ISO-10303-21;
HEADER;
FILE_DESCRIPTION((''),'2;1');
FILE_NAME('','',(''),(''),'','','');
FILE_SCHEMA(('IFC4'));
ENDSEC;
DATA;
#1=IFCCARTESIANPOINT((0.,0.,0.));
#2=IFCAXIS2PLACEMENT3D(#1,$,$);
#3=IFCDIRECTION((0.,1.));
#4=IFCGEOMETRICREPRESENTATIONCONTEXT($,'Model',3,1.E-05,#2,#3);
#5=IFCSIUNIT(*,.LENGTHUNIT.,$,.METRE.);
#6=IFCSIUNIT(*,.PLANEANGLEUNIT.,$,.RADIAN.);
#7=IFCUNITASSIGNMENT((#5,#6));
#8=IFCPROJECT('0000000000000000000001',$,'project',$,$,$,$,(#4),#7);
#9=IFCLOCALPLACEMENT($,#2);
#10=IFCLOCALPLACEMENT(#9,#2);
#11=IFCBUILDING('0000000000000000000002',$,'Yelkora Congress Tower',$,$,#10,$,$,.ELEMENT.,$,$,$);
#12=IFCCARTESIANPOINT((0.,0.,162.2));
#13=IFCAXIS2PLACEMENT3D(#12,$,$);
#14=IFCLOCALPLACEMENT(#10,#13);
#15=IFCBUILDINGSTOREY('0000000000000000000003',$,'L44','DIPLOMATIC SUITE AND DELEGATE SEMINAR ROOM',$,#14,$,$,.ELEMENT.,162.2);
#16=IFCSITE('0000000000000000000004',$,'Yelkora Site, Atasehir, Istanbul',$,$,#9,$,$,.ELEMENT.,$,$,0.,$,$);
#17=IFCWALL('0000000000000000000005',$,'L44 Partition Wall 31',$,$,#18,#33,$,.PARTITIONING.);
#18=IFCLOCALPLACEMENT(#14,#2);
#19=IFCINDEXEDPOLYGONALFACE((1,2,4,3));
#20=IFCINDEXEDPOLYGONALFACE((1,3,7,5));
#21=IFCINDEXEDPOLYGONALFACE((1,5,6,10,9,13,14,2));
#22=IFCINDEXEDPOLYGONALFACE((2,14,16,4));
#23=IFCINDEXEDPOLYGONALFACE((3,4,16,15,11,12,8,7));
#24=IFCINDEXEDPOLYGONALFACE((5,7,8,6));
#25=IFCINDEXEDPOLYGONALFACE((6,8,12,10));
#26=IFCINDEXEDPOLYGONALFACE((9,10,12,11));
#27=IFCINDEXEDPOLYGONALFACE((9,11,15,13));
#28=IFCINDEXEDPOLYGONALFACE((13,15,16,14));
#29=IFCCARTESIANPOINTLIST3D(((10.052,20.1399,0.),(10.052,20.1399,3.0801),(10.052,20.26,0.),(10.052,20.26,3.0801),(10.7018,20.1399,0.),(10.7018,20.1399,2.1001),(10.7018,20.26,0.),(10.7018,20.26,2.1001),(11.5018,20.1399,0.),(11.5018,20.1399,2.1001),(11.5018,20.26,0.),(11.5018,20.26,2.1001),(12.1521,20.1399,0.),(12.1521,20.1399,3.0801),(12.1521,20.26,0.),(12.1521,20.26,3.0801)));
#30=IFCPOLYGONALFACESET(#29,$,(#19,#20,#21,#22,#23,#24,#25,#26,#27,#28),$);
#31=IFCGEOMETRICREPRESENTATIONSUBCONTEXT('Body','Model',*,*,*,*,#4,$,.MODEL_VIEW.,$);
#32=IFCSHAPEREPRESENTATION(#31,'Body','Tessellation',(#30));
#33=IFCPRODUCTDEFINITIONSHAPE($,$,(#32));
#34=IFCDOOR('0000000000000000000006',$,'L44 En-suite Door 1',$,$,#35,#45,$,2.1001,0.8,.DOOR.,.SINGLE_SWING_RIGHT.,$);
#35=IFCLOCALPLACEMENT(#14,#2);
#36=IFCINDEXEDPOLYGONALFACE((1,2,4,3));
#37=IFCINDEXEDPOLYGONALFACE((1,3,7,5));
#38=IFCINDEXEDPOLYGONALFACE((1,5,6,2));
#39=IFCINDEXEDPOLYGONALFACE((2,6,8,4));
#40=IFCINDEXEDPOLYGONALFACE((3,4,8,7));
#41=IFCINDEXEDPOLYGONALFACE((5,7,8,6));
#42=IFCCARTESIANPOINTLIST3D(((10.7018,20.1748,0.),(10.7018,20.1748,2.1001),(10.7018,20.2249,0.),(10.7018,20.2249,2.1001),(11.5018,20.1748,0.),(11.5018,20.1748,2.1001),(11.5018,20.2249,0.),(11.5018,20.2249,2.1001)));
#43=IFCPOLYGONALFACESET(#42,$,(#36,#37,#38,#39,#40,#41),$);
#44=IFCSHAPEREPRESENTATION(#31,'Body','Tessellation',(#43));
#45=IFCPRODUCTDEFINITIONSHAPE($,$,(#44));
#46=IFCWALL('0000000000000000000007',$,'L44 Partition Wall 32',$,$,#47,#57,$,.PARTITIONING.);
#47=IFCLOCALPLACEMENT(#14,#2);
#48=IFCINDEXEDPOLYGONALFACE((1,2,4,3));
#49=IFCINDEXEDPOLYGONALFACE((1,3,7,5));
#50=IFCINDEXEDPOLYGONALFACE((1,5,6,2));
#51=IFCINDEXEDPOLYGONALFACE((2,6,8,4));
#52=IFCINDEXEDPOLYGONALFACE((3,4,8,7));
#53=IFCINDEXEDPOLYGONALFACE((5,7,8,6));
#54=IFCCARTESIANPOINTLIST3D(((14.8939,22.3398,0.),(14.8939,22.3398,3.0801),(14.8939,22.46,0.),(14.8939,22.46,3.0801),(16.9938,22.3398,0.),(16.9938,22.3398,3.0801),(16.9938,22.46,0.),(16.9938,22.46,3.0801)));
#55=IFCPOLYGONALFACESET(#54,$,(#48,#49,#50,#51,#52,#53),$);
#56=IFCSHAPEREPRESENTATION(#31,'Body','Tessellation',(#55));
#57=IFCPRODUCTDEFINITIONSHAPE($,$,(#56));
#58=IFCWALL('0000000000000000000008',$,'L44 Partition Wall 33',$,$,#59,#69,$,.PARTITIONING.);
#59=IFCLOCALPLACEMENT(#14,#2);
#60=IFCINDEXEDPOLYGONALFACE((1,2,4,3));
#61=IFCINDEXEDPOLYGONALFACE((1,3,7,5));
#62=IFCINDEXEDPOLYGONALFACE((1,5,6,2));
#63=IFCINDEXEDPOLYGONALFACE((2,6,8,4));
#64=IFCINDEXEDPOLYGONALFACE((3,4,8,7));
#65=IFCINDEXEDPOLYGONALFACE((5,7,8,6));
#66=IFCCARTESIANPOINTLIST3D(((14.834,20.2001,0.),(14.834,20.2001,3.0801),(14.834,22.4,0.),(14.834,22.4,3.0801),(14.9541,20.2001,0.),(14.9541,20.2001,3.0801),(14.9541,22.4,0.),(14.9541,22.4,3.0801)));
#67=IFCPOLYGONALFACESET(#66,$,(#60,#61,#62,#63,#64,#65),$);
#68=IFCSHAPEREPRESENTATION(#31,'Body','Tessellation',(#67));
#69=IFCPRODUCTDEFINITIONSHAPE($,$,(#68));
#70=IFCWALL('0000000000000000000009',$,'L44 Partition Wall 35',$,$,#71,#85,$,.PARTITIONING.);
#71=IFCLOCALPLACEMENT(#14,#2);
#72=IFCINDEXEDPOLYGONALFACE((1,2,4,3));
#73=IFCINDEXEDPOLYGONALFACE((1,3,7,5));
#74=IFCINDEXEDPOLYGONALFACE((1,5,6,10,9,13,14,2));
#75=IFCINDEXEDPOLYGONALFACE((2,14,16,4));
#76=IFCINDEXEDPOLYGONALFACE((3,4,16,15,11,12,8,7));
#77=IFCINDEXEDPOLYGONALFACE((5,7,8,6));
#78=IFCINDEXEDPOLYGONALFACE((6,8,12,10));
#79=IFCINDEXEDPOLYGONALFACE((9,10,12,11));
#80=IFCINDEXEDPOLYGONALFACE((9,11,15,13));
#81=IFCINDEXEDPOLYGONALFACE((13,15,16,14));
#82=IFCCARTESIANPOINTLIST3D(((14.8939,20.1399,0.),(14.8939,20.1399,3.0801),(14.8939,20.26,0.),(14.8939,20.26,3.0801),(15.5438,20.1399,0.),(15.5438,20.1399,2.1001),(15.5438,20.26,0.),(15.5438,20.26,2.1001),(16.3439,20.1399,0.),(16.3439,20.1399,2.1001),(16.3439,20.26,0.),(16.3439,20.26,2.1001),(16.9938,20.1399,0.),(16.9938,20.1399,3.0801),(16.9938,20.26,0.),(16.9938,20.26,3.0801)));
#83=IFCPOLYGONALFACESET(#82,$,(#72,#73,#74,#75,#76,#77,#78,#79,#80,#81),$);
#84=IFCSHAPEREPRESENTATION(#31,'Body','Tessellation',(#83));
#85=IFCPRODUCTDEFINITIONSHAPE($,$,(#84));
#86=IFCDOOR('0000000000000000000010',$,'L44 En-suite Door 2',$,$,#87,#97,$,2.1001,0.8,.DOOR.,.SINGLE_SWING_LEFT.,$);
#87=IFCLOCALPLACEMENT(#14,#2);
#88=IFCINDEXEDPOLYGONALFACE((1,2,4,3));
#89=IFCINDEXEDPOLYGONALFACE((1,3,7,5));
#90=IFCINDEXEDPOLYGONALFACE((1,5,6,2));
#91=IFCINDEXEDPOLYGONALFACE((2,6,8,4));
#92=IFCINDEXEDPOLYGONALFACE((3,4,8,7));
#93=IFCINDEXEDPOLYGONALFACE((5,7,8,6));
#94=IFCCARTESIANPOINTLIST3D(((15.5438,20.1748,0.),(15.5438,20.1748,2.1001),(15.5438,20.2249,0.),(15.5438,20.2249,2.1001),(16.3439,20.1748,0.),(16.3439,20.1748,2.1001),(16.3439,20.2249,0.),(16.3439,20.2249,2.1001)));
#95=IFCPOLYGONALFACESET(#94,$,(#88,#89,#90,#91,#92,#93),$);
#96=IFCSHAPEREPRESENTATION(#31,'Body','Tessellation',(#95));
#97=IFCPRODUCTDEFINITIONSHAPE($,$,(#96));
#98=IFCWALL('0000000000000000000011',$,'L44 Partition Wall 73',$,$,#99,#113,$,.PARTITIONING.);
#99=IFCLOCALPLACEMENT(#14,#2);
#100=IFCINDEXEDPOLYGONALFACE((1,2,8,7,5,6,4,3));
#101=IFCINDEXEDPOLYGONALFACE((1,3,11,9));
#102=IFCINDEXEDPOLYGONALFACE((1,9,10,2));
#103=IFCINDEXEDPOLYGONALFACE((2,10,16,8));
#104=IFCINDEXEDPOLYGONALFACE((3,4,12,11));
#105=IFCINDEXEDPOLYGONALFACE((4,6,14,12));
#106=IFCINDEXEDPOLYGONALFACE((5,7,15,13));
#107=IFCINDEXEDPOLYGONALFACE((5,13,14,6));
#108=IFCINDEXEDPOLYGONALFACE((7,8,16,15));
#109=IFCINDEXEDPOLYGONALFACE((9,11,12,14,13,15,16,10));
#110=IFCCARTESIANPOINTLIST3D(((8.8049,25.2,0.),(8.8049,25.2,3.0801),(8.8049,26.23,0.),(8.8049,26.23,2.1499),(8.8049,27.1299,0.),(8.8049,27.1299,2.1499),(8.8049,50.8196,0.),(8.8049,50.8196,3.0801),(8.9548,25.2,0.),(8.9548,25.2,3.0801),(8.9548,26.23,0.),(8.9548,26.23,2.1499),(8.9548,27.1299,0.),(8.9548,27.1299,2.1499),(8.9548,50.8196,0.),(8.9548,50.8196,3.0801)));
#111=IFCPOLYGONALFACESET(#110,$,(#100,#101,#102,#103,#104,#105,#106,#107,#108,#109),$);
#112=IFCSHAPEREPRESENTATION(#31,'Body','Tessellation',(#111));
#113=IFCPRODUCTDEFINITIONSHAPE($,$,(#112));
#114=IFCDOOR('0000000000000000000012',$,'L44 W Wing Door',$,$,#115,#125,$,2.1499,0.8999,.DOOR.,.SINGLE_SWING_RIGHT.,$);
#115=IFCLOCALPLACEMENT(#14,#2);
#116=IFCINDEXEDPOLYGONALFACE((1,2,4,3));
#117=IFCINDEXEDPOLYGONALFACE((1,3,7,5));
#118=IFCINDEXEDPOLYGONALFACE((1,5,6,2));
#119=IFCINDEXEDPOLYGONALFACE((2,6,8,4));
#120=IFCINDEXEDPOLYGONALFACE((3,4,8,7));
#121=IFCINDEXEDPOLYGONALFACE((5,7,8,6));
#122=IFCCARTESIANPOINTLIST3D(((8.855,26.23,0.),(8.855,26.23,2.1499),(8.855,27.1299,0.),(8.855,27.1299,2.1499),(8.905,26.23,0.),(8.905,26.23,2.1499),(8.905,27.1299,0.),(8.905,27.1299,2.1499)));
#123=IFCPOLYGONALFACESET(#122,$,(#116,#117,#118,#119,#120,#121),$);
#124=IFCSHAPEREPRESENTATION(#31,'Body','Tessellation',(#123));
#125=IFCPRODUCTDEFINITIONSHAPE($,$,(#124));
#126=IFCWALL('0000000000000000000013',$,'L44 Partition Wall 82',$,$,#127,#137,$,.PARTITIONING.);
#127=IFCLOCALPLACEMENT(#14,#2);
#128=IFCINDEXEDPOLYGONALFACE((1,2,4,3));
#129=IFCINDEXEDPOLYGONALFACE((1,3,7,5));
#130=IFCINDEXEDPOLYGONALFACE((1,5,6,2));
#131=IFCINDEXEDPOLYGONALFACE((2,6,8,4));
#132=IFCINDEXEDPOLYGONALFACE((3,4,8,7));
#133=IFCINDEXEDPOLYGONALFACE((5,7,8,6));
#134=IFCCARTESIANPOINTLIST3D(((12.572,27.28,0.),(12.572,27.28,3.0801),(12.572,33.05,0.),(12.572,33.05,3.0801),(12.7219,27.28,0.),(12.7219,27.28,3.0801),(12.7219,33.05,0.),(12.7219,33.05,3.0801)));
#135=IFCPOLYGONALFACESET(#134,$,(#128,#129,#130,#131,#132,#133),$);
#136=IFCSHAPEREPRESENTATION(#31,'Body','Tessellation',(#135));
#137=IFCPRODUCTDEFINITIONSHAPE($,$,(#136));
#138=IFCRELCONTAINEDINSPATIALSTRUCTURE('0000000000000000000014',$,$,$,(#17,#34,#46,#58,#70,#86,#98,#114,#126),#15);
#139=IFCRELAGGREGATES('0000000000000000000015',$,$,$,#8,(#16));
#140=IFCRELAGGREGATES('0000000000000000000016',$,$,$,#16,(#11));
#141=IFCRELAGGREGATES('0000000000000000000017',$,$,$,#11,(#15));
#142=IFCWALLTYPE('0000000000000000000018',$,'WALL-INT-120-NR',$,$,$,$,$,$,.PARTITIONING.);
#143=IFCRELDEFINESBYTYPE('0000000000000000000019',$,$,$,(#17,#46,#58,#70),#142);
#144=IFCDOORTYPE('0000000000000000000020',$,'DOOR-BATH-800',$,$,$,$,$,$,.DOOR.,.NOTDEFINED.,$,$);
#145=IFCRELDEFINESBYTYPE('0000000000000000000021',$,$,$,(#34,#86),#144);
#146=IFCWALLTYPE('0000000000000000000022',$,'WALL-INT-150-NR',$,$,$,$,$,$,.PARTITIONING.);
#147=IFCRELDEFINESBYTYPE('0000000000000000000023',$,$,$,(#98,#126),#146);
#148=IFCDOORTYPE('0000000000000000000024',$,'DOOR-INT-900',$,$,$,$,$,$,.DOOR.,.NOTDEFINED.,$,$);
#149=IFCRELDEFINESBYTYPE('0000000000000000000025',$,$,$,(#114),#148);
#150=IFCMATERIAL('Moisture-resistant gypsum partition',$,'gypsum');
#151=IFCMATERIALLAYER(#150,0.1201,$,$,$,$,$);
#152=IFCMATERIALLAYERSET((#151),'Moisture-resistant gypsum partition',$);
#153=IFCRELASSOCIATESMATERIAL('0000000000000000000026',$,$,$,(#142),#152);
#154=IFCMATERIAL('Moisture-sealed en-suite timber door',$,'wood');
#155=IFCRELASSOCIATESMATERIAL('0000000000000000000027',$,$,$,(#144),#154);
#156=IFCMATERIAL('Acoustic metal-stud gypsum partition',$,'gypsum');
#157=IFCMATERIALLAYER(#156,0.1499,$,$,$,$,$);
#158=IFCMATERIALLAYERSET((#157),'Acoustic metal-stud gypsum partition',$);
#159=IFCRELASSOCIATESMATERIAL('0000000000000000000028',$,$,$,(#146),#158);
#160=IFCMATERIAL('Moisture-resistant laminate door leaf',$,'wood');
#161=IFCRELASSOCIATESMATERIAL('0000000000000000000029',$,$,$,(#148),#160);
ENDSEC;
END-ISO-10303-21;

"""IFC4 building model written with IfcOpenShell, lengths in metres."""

from ifc_helpers import new_model, si_unit, direction, frame, frame_2d, origin, place, context, subcontext, project, spatial, rectangle, extrude, material, layer, layer_set, type_object, element, fill, save


model = new_model("IFC4")

# Units and contexts
model_context = context("Model", 3, precision=1e-05, world=origin(), true_north=direction((0.0, 1.0)))
body_context = subcontext(model_context, "Body", "Model", "MODEL_VIEW")
ifc_project = project(units=[si_unit("LENGTHUNIT", "METRE"), si_unit("PLANEANGLEUNIT", "RADIAN")], contexts=[model_context])

# Site, building, storey
site_placement = place(None, origin())
site = spatial("IfcSite", under=ifc_project, at=site_placement, Name="Yelkora Site, Atasehir, Istanbul", CompositionType="ELEMENT", RefElevation=0.0)
building_placement = place(site_placement, origin())
building = spatial("IfcBuilding", under=site, at=building_placement, Name="Yelkora Congress Tower", CompositionType="ELEMENT")
storey_placement = place(building_placement, frame((0.0, 0.0, 162.2)))
storey = spatial("IfcBuildingStorey", under=building, at=storey_placement, Name="L44", Description="DIPLOMATIC SUITE AND DELEGATE SEMINAR ROOM", CompositionType="ELEMENT", Elevation=162.2)

# Shared definitions
ifc_material_1 = material(Name="Moisture-resistant gypsum partition", Category="gypsum")
ifc_layer_1 = layer(ifc_material_1, 0.1201)
ifc_layer_set_1 = layer_set([ifc_layer_1], Name="Moisture-resistant gypsum partition")
wall_type_1 = type_object("IfcWallType", Name="WALL-INT-120-NR", PredefinedType="PARTITIONING", material=ifc_layer_set_1)

# Wall, opening, door
wall_1_placement = place(storey_placement, frame((10.052, 20.2, 0.0), z_axis=(0.0, 0.0, 1.0), x_axis=(1.0, 0.0, 0.0)))
wall_1 = element("IfcWall", 1, at=wall_1_placement, inside=storey, type_object=wall_type_1, Name="L44 Partition Wall 31", PredefinedType="PARTITIONING", context=body_context, shape_type="SweptSolid", body=[
    extrude(rectangle(XDim=2.1001, YDim=0.1201, at=frame_2d((1.05, 0.0))), origin(), (0.0, 0.0, 1.0), 3.0801),
])
opening_1_placement = place(wall_1_placement, frame((0.6499, 0.0, 0.0)))
opening_1 = element("IfcOpeningElement", 2, at=opening_1_placement, cuts=wall_1, PredefinedType="OPENING", context=body_context, shape_type="SweptSolid", body=[
    extrude(rectangle(XDim=0.8, YDim=2.1001, at=frame_2d((0.3999, 1.05))), frame((0.0, 0.0701, 0.0), z_axis=(0.0, -1.0, 0.0), x_axis=(1.0, 0.0, 0.0)), (0.0, 0.0, 1.0), 0.1401),
])
ifc_material_2 = material(Name="Moisture-sealed en-suite timber door", Category="wood")
door_type_1 = type_object("IfcDoorType", Name="DOOR-BATH-800", OperationType="NOTDEFINED", PredefinedType="DOOR", material=ifc_material_2)
door_1_placement = place(opening_1_placement, origin())
door_1 = element("IfcDoor", 3, at=door_1_placement, inside=storey, type_object=door_type_1, Name="L44 En-suite Door 1", OperationType="SINGLE_SWING_RIGHT", OverallHeight=2.1001, OverallWidth=0.8, PredefinedType="DOOR", context=body_context, shape_type="SweptSolid", body=[
    extrude(rectangle(XDim=0.8, YDim=2.1001, at=frame_2d((0.3999, 1.05))), frame((0.0, 0.0249, 0.0), z_axis=(0.0, -1.0, 0.0), x_axis=(1.0, 0.0, 0.0)), (0.0, 0.0, 1.0), 0.05),
])
fill(opening_1, door_1)

# Walls
wall_2_placement = place(storey_placement, frame((14.894, 22.3999, 0.0), z_axis=(0.0, 0.0, 1.0), x_axis=(1.0, 0.0, 0.0)))
element("IfcWall", 4, at=wall_2_placement, inside=storey, type_object=wall_type_1, Name="L44 Partition Wall 32", PredefinedType="PARTITIONING", context=body_context, shape_type="SweptSolid", body=[
    extrude(rectangle(XDim=2.0999, YDim=0.1201, at=frame_2d((1.0498, 0.0))), origin(), (0.0, 0.0, 1.0), 3.0801),
])
wall_3_placement = place(storey_placement, frame((14.894, 20.2, 0.0), z_axis=(0.0, 0.0, 1.0), x_axis=(0.0, 1.0, 0.0)))
element("IfcWall", 5, at=wall_3_placement, inside=storey, type_object=wall_type_1, Name="L44 Partition Wall 33", PredefinedType="PARTITIONING", context=body_context, shape_type="SweptSolid", body=[
    extrude(rectangle(XDim=2.2, YDim=0.1201, at=frame_2d((1.1001, 0.0))), origin(), (0.0, 0.0, 1.0), 3.0801),
])

# Walls, openings, doors
wall_4_placement = place(storey_placement, frame((14.894, 20.2, 0.0), z_axis=(0.0, 0.0, 1.0), x_axis=(1.0, 0.0, 0.0)))
wall_4 = element("IfcWall", 6, at=wall_4_placement, inside=storey, type_object=wall_type_1, Name="L44 Partition Wall 35", PredefinedType="PARTITIONING", context=body_context, shape_type="SweptSolid", body=[
    extrude(rectangle(XDim=2.0999, YDim=0.1201, at=frame_2d((1.0498, 0.0))), origin(), (0.0, 0.0, 1.0), 3.0801),
])
opening_2_placement = place(wall_4_placement, frame((0.6499, 0.0, 0.0)))
opening_2 = element("IfcOpeningElement", 7, at=opening_2_placement, cuts=wall_4, PredefinedType="OPENING", context=body_context, shape_type="SweptSolid", body=[
    extrude(rectangle(XDim=0.8, YDim=2.1001, at=frame_2d((0.3999, 1.05))), frame((0.0, 0.0701, 0.0), z_axis=(0.0, -1.0, 0.0), x_axis=(1.0, 0.0, 0.0)), (0.0, 0.0, 1.0), 0.1401),
])
door_2_placement = place(opening_2_placement, origin())
door_2 = element("IfcDoor", 8, at=door_2_placement, inside=storey, type_object=door_type_1, Name="L44 En-suite Door 2", OperationType="SINGLE_SWING_LEFT", OverallHeight=2.1001, OverallWidth=0.8, PredefinedType="DOOR", context=body_context, shape_type="SweptSolid", body=[
    extrude(rectangle(XDim=0.8, YDim=2.1001, at=frame_2d((0.3999, 1.05))), frame((0.0, 0.0249, 0.0), z_axis=(0.0, -1.0, 0.0), x_axis=(1.0, 0.0, 0.0)), (0.0, 0.0, 1.0), 0.05),
])
fill(opening_2, door_2)
ifc_material_3 = material(Name="Acoustic metal-stud gypsum partition", Category="gypsum")
ifc_layer_2 = layer(ifc_material_3, 0.1499)
ifc_layer_set_2 = layer_set([ifc_layer_2], Name="Acoustic metal-stud gypsum partition")
wall_type_2 = type_object("IfcWallType", Name="WALL-INT-150-NR", PredefinedType="PARTITIONING", material=ifc_layer_set_2)
wall_5_placement = place(storey_placement, frame((8.8799, 25.2, 0.0), z_axis=(0.0, 0.0, 1.0), x_axis=(0.0, 1.0, 0.0)))
wall_5 = element("IfcWall", 9, at=wall_5_placement, inside=storey, type_object=wall_type_2, Name="L44 Partition Wall 73", PredefinedType="PARTITIONING", context=body_context, shape_type="SweptSolid", body=[
    extrude(rectangle(XDim=25.6196, YDim=0.1499, at=frame_2d((12.8098, 0.0))), origin(), (0.0, 0.0, 1.0), 3.0801),
])
opening_3_placement = place(wall_5_placement, frame((1.03, 0.0, 0.0)))
opening_3 = element("IfcOpeningElement", 10, at=opening_3_placement, cuts=wall_5, PredefinedType="OPENING", context=body_context, shape_type="SweptSolid", body=[
    extrude(rectangle(XDim=0.8999, YDim=2.1499, at=frame_2d((0.45, 1.075))), frame((0.0, 0.085, 0.0), z_axis=(0.0, -1.0, 0.0), x_axis=(1.0, 0.0, 0.0)), (0.0, 0.0, 1.0), 0.1699),
])
ifc_material_4 = material(Name="Moisture-resistant laminate door leaf", Category="wood")
door_type_2 = type_object("IfcDoorType", Name="DOOR-INT-900", OperationType="NOTDEFINED", PredefinedType="DOOR", material=ifc_material_4)
door_3_placement = place(opening_3_placement, origin())
door_3 = element("IfcDoor", 11, at=door_3_placement, inside=storey, type_object=door_type_2, Name="L44 W Wing Door", OperationType="SINGLE_SWING_RIGHT", OverallHeight=2.1499, OverallWidth=0.8999, PredefinedType="DOOR", context=body_context, shape_type="SweptSolid", body=[
    extrude(rectangle(XDim=0.8999, YDim=2.1499, at=frame_2d((0.45, 1.075))), frame((0.0, 0.0249, 0.0), z_axis=(0.0, -1.0, 0.0), x_axis=(1.0, 0.0, 0.0)), (0.0, 0.0, 1.0), 0.05),
])
fill(opening_3, door_3)

# Wall
wall_6_placement = place(storey_placement, frame((12.647, 27.28, 0.0), z_axis=(0.0, 0.0, 1.0), x_axis=(0.0, 1.0, 0.0)))
element("IfcWall", 12, at=wall_6_placement, inside=storey, type_object=wall_type_2, Name="L44 Partition Wall 82", PredefinedType="PARTITIONING", context=body_context, shape_type="SweptSolid", body=[
    extrude(rectangle(XDim=5.77, YDim=0.1499, at=frame_2d((2.885, 0.0))), origin(), (0.0, 0.0, 1.0), 3.0801),
])

save(model, "model.ifc")
